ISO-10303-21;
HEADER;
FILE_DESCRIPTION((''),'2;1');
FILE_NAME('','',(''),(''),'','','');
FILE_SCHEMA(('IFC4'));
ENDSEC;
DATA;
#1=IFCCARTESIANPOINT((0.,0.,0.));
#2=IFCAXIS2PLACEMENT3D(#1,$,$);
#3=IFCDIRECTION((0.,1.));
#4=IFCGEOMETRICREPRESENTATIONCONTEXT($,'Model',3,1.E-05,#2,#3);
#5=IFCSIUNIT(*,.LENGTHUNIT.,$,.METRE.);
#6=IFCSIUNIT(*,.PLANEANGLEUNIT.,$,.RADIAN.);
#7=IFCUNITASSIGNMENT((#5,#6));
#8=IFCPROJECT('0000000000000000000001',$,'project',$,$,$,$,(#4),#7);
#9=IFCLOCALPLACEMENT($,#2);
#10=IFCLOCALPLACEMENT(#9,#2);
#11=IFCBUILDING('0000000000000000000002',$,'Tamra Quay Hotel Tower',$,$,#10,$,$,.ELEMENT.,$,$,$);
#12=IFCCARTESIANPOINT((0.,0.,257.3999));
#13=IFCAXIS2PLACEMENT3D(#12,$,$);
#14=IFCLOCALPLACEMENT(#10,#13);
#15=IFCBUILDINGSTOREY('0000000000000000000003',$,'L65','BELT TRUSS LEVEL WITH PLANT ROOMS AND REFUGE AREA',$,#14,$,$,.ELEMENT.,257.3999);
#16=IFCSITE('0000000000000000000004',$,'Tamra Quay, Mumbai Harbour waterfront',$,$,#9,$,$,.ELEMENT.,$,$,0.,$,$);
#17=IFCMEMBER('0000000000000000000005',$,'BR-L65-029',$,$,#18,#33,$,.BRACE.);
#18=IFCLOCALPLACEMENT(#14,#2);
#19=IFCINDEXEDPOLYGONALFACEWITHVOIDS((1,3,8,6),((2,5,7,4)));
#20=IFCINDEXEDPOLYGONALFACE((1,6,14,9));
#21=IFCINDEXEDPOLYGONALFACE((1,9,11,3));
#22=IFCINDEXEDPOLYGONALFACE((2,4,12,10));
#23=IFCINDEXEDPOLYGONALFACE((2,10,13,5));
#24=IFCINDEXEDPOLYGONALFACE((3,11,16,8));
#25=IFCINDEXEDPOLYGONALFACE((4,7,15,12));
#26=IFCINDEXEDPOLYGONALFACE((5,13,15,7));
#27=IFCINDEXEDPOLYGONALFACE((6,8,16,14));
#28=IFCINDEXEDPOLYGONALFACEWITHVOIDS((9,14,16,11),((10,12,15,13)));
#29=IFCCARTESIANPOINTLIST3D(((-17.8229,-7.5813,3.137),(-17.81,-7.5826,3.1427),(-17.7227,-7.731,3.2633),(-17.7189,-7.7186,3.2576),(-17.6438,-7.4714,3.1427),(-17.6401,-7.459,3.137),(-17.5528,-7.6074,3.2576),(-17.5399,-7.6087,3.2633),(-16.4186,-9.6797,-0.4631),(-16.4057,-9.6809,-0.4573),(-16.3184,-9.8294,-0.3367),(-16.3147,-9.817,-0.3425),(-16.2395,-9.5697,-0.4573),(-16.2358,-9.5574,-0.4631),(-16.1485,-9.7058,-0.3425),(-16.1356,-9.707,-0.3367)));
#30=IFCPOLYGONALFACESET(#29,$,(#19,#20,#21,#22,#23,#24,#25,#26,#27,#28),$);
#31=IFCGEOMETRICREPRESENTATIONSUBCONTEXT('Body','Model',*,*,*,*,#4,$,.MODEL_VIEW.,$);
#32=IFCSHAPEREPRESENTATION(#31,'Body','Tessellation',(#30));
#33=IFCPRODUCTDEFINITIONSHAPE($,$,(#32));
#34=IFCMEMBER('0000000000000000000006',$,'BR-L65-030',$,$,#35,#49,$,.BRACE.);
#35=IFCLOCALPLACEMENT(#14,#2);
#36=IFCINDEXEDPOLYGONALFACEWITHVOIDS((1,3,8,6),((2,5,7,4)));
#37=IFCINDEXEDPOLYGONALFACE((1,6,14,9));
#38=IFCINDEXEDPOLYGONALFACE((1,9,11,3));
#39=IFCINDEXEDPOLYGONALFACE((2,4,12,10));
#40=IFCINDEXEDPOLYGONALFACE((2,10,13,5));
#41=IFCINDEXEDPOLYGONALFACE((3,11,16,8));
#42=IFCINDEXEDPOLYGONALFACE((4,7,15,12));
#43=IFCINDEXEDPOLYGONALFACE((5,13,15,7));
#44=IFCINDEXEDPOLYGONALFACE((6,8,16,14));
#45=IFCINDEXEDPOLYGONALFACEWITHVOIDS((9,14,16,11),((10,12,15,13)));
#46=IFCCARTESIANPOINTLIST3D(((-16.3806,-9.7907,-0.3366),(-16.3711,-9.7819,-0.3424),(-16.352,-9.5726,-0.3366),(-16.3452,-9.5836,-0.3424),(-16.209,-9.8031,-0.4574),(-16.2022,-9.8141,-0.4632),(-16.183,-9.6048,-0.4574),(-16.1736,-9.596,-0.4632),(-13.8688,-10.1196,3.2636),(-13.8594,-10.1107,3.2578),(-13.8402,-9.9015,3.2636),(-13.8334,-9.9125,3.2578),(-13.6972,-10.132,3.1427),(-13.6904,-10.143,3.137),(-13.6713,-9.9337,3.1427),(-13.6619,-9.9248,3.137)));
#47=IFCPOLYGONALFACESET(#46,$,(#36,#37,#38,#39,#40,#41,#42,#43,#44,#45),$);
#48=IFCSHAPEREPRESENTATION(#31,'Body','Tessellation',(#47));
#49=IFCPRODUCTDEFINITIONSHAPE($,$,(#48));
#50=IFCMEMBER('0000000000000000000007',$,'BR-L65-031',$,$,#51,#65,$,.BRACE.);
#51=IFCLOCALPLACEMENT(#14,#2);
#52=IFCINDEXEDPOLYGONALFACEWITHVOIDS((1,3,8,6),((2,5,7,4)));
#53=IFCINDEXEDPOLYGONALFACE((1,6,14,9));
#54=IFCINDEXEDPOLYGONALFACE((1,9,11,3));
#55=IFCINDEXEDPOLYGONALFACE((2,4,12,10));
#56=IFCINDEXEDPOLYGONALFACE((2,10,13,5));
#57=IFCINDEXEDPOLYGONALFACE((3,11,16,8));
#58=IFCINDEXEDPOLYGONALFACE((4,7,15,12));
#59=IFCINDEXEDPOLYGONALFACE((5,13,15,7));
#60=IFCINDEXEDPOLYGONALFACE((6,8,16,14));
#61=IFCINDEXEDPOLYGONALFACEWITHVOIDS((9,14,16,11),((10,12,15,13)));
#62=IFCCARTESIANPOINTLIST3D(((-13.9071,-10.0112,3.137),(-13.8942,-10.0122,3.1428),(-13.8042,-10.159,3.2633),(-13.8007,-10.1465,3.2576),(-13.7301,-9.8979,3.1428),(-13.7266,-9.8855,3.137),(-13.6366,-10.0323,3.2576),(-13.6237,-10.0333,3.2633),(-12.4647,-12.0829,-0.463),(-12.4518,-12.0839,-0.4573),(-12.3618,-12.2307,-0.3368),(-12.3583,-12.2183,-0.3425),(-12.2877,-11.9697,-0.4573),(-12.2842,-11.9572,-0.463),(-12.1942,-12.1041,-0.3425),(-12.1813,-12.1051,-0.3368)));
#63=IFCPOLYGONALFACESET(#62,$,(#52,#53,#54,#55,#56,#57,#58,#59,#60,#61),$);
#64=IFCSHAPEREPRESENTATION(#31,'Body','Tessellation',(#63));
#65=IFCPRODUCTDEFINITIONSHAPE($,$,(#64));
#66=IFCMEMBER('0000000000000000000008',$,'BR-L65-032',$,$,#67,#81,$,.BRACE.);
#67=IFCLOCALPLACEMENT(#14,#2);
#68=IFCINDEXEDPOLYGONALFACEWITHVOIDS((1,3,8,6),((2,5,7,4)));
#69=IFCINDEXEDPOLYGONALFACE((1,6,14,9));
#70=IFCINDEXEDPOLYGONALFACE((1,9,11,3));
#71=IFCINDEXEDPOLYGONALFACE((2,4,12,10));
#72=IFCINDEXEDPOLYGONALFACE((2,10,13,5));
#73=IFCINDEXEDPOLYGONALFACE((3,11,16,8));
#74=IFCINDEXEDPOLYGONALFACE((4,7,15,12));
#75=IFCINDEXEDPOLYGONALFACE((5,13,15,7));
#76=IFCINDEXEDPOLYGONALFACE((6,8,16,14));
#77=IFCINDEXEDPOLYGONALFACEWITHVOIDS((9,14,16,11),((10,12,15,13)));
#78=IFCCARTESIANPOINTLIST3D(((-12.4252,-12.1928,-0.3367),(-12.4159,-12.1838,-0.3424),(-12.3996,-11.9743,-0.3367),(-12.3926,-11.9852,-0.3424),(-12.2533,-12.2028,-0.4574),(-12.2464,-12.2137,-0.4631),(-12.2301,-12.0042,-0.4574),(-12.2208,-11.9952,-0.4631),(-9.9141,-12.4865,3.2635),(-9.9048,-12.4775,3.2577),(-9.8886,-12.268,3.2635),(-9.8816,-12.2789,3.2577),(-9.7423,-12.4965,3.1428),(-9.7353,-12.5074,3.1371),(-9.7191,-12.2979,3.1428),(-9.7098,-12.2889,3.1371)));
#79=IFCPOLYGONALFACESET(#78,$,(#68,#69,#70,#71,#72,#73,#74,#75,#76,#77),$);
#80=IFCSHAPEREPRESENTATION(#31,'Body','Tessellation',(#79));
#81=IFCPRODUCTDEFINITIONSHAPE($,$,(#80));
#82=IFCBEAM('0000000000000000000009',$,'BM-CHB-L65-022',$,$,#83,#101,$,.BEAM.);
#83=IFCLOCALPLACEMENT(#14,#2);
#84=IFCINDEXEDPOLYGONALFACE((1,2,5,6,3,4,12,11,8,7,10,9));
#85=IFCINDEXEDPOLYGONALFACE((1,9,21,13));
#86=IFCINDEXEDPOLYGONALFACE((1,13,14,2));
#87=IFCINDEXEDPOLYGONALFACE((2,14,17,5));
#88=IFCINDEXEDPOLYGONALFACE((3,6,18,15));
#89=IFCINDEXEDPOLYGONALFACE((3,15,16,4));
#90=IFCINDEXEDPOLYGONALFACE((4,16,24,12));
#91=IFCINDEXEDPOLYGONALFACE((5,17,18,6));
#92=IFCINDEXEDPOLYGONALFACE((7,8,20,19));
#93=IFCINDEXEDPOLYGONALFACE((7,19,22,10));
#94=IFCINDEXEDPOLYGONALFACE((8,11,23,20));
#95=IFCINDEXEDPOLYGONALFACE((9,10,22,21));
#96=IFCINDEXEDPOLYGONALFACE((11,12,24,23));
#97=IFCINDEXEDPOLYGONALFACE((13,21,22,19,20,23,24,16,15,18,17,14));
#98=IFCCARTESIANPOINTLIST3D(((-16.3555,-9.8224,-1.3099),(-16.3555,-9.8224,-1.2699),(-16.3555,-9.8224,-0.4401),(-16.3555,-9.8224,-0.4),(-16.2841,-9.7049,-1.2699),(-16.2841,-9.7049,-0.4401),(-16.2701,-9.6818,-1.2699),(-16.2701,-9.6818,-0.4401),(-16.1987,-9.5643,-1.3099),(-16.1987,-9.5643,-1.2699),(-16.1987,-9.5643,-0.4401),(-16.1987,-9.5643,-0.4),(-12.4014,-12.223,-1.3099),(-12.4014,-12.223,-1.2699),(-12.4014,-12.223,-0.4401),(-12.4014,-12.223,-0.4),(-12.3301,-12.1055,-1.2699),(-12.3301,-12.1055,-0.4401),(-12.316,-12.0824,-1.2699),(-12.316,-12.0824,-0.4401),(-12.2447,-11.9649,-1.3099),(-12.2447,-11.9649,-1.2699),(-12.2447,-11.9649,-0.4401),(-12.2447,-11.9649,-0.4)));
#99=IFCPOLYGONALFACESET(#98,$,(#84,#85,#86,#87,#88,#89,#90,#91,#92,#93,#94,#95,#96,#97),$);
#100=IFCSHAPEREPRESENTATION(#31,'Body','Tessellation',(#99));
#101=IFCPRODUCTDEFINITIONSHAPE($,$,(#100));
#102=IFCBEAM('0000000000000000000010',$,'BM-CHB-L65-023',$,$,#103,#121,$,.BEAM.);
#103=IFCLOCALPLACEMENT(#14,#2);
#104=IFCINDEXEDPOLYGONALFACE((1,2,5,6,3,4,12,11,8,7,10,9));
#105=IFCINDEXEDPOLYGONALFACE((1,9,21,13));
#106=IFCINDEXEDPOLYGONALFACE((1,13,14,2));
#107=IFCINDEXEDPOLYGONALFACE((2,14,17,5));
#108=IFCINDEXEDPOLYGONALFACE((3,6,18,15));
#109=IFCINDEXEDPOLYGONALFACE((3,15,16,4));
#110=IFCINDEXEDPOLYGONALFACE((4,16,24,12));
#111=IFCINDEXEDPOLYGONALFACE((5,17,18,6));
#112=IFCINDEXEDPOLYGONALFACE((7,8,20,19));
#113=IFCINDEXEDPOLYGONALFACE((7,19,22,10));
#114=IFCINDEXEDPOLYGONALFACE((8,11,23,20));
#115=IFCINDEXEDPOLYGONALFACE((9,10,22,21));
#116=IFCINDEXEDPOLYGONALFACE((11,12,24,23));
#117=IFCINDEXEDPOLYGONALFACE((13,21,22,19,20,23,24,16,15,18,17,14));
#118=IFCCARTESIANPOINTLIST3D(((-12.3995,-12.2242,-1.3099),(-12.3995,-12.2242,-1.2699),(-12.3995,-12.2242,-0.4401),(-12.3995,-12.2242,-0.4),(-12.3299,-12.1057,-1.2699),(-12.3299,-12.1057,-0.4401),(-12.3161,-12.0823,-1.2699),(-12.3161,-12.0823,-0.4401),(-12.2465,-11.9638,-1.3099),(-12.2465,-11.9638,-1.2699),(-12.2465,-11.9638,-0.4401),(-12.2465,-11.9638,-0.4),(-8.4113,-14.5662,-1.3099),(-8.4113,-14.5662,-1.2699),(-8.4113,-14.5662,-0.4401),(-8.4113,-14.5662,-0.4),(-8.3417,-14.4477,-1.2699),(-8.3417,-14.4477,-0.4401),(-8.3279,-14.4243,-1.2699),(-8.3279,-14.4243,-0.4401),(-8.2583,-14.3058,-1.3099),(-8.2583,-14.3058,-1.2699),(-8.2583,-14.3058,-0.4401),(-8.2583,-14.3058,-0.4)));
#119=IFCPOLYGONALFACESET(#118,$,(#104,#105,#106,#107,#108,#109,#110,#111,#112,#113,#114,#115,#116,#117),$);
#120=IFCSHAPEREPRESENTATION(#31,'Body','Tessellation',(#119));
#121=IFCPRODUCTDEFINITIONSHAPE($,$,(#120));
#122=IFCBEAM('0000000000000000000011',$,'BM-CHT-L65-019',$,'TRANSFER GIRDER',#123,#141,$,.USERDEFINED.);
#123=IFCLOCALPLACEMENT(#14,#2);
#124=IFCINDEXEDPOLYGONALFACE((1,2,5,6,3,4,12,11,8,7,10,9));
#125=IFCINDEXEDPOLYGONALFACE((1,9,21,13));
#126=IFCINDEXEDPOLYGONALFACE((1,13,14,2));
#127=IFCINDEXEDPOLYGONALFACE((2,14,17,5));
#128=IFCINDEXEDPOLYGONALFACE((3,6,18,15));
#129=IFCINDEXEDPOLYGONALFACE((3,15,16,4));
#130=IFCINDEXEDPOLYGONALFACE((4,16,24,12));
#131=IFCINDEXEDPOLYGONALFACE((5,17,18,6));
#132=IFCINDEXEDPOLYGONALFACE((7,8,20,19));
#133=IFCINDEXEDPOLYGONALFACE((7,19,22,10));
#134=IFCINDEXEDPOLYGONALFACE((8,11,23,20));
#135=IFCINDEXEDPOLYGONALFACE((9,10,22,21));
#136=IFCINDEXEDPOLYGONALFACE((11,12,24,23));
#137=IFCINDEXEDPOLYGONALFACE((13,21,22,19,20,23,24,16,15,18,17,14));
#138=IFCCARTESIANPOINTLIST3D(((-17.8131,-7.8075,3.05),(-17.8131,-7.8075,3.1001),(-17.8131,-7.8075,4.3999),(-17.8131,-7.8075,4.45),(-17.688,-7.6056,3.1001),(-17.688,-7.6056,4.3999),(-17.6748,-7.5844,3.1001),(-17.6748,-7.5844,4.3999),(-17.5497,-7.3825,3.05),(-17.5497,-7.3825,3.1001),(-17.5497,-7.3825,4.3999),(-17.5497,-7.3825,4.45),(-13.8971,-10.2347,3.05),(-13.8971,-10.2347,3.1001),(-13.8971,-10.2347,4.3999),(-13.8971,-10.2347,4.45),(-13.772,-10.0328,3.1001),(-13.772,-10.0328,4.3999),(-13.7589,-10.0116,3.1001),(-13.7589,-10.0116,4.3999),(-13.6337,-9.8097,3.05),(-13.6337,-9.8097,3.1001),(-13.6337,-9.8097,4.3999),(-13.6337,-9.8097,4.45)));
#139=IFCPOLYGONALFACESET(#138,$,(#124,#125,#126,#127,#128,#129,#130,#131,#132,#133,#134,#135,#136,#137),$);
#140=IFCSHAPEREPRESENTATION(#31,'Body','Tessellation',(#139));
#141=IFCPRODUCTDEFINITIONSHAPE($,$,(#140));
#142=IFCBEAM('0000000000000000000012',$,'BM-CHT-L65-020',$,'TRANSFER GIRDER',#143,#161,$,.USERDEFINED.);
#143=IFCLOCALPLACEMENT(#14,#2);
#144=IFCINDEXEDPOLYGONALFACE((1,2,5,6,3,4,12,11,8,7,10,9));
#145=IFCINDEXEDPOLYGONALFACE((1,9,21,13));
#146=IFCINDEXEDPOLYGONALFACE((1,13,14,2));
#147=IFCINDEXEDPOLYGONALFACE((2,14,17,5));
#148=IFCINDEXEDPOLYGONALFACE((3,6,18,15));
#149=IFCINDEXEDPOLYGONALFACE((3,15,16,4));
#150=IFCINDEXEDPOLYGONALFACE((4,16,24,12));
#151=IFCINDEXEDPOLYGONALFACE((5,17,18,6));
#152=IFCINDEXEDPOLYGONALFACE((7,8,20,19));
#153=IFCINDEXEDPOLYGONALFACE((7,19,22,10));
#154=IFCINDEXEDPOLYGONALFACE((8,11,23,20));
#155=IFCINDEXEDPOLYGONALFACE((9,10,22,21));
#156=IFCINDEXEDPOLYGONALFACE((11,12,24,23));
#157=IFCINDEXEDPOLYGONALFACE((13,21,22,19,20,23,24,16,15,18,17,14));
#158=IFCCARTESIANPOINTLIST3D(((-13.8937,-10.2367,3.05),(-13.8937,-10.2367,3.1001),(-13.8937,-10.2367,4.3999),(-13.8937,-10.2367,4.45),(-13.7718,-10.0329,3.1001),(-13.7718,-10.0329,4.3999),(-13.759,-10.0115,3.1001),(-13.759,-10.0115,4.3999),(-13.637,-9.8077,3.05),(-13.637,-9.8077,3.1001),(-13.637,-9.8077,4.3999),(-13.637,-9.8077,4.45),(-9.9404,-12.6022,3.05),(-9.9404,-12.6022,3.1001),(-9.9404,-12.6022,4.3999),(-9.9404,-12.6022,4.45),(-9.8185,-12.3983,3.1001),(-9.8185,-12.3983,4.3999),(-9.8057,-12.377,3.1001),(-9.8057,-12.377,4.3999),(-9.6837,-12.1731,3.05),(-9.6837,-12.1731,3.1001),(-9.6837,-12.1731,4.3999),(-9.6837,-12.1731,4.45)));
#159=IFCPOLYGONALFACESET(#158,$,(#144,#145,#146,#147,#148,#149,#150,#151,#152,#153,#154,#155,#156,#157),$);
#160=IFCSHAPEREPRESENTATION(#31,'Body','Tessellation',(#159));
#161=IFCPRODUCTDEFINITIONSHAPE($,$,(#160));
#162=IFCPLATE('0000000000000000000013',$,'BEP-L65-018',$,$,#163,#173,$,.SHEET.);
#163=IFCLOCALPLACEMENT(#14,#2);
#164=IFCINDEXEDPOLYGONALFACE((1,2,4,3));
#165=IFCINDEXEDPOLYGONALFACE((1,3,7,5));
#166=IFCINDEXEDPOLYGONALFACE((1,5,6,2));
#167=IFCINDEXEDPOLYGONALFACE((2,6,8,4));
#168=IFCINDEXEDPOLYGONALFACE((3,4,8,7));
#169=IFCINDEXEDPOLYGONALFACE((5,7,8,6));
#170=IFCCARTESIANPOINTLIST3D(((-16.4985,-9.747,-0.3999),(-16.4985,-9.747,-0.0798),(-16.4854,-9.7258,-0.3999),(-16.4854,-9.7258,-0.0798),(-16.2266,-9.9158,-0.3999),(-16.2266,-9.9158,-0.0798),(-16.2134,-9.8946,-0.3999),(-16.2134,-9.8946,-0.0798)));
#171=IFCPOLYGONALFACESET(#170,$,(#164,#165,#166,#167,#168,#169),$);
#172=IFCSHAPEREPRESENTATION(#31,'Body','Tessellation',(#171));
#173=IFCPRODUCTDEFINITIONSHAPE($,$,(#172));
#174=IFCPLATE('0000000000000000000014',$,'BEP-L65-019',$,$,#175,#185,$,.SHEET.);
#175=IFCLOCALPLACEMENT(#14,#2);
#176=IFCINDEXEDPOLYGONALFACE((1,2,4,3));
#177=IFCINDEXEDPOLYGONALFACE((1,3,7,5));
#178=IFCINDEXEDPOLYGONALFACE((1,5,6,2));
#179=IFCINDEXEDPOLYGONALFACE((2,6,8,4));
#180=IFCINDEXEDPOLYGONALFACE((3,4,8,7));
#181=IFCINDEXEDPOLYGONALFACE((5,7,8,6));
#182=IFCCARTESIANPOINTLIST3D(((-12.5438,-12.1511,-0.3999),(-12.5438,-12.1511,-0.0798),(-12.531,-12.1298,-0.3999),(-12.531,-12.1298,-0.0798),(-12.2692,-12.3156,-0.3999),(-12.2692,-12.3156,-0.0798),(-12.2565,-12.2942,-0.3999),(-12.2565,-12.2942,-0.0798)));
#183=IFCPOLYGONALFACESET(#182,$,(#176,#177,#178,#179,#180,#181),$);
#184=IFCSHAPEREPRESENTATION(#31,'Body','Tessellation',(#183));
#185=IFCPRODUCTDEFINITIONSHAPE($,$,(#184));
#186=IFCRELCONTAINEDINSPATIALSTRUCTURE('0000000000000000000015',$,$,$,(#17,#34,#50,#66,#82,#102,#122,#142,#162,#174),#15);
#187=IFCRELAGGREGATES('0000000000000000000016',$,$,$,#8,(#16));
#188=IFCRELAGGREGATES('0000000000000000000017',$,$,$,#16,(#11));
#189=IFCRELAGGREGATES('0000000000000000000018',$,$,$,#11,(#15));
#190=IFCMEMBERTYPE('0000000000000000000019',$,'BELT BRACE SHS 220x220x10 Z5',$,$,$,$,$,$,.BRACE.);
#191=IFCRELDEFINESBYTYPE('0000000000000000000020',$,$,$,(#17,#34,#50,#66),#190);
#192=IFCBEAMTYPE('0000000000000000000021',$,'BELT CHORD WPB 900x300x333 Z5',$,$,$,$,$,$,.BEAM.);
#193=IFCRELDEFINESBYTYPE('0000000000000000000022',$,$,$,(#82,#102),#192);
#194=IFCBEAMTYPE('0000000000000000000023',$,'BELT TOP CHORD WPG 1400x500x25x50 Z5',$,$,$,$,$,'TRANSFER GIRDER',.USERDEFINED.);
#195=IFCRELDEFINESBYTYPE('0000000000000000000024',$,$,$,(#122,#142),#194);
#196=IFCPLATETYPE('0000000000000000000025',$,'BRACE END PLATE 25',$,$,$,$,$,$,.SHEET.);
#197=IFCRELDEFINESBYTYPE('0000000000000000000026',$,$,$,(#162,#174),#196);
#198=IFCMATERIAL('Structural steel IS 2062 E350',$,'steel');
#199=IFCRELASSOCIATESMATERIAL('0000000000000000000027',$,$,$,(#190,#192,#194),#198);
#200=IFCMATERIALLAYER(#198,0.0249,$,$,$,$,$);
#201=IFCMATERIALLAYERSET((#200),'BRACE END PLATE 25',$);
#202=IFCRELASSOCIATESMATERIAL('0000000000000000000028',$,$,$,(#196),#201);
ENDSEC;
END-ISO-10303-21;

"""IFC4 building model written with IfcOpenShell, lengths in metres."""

from ifc_helpers import new_model, si_unit, direction, frame, origin, origin_2d, place, context, subcontext, project, spatial, rectangle, hollow_rectangle, i_section, extrude, material, layer, layer_set, material_profile, profile_set, type_object, element, save


model = new_model("IFC4")

# Units and contexts
model_context = context("Model", 3, precision=1e-05, world=origin(), true_north=direction((0.0, 1.0)))
body_context = subcontext(model_context, "Body", "Model", "MODEL_VIEW")
ifc_project = project(units=[si_unit("LENGTHUNIT", "METRE"), si_unit("PLANEANGLEUNIT", "RADIAN")], contexts=[model_context])

# Site, building, storey
site_placement = place(None, origin())
site = spatial("IfcSite", under=ifc_project, at=site_placement, Name="Tamra Quay, Mumbai Harbour waterfront", CompositionType="ELEMENT", RefElevation=0.0)
building_placement = place(site_placement, origin())
building = spatial("IfcBuilding", under=site, at=building_placement, Name="Tamra Quay Hotel Tower", CompositionType="ELEMENT")
storey_placement = place(building_placement, frame((0.0, 0.0, 257.3999)))
storey = spatial("IfcBuildingStorey", under=building, at=storey_placement, Name="L65", Description="BELT TRUSS LEVEL WITH PLANT ROOMS AND REFUGE AREA", CompositionType="ELEMENT", Elevation=257.3999)

# Members
ifc_material_1 = material(Name="Structural steel IS 2062 E350", Category="steel")
ifc_material_profile_1 = material_profile(ifc_material_1, hollow_rectangle(XDim=0.22, YDim=0.22, WallThickness=0.01, at=origin_2d()), Name="SHS 220x220x10")
ifc_profile_set_1 = profile_set([ifc_material_profile_1], Name="Structural steel IS 2062 E350")
member_type = type_object("IfcMemberType", Name="BELT BRACE SHS 220x220x10 Z5", PredefinedType="BRACE", material=ifc_profile_set_1)
member_1_placement = place(storey_placement, frame((-16.2771, -9.6934, -0.3999), z_axis=(-0.319356, 0.477203, 0.818712), x_axis=(-0.831067, -0.556172, 0.0)))
element("IfcMember", 1, at=member_1_placement, inside=storey, type_object=member_type, Name="BR-L65-029", PredefinedType="BRACE", context=body_context, shape_type="SweptSolid", body=[
    extrude(hollow_rectangle(XDim=0.22, YDim=0.22, WallThickness=0.01, at=origin_2d()), origin(), (0.0, 0.0, 1.0), 4.3972),
])
member_2_placement = place(storey_placement, frame((-16.2771, -9.6934, -0.3999), z_axis=(0.570586, -0.074706, 0.817833), x_axis=(0.129821, 0.991537, 0.0)))
element("IfcMember", 2, at=member_2_placement, inside=storey, type_object=member_type, Name="BR-L65-030", PredefinedType="BRACE", context=body_context, shape_type="SweptSolid", body=[
    extrude(hollow_rectangle(XDim=0.22, YDim=0.22, WallThickness=0.01, at=origin_2d()), origin(), (0.0, 0.0, 1.0), 4.4021),
])
member_3_placement = place(storey_placement, frame((-12.323, -12.094, -0.3999), z_axis=(-0.328039, 0.471182, 0.818766), x_axis=(-0.820692, -0.57137, 0.0)))
element("IfcMember", 3, at=member_3_placement, inside=storey, type_object=member_type, Name="BR-L65-031", PredefinedType="BRACE", context=body_context, shape_type="SweptSolid", body=[
    extrude(hollow_rectangle(XDim=0.22, YDim=0.22, WallThickness=0.01, at=origin_2d()), origin(), (0.0, 0.0, 1.0), 4.397),
])
member_4_placement = place(storey_placement, frame((-12.323, -12.094, -0.3999), z_axis=(0.570796, -0.066764, 0.818373), x_axis=(0.116174, 0.993229, 0.0)))
element("IfcMember", 4, at=member_4_placement, inside=storey, type_object=member_type, Name="BR-L65-032", PredefinedType="BRACE", context=body_context, shape_type="SweptSolid", body=[
    extrude(hollow_rectangle(XDim=0.22, YDim=0.22, WallThickness=0.01, at=origin_2d()), origin(), (0.0, 0.0, 1.0), 4.3992),
])

# Beams
ifc_material_profile_2 = material_profile(ifc_material_1, i_section(OverallWidth=0.302, OverallDepth=0.9099, WebThickness=0.0271, FlangeThickness=0.04, at=origin_2d()), Name="WPB 900x300x333")
ifc_profile_set_2 = profile_set([ifc_material_profile_2], Name="Structural steel IS 2062 E350")
beam_type_1 = type_object("IfcBeamType", Name="BELT CHORD WPB 900x300x333 Z5", PredefinedType="BEAM", material=ifc_profile_set_2)
beam_1_placement = place(storey_placement, frame((-16.2771, -9.6934, -0.855), z_axis=(0.854794, -0.518967, 0.0), x_axis=(0.518967, 0.854794, 0.0)))
element("IfcBeam", 5, at=beam_1_placement, inside=storey, type_object=beam_type_1, Name="BM-CHB-L65-022", PredefinedType="BEAM", context=body_context, shape_type="SweptSolid", body=[
    extrude(i_section(OverallWidth=0.302, OverallDepth=0.9099, WebThickness=0.0271, FlangeThickness=0.04, at=origin_2d()), origin(), (0.0, 0.0, 1.0), 4.6257),
])
beam_2_placement = place(storey_placement, frame((-12.323, -12.094, -0.855), z_axis=(0.862313, -0.506376, 0.0), x_axis=(0.506376, 0.862313, 0.0)))
element("IfcBeam", 6, at=beam_2_placement, inside=storey, type_object=beam_type_1, Name="BM-CHB-L65-023", PredefinedType="BEAM", context=body_context, shape_type="SweptSolid", body=[
    extrude(i_section(OverallWidth=0.302, OverallDepth=0.9099, WebThickness=0.0271, FlangeThickness=0.04, at=origin_2d()), origin(), (0.0, 0.0, 1.0), 4.625),
])
ifc_material_profile_3 = material_profile(ifc_material_1, i_section(OverallWidth=0.5, OverallDepth=1.3999, WebThickness=0.0249, FlangeThickness=0.05, at=origin_2d()), Name="WPG 1400x500x25x50")
ifc_profile_set_3 = profile_set([ifc_material_profile_3], Name="Structural steel IS 2062 E350")
beam_type_2 = type_object("IfcBeamType", Name="BELT TOP CHORD WPG 1400x500x25x50 Z5", ElementType="TRANSFER GIRDER", PredefinedType="USERDEFINED", material=ifc_profile_set_3)
beam_3_placement = place(storey_placement, frame((-17.6814, -7.595, 3.75), z_axis=(0.849969, -0.526832, 0.0), x_axis=(0.526832, 0.849969, 0.0)))
element("IfcBeam", 7, at=beam_3_placement, inside=storey, type_object=beam_type_2, Name="BM-CHT-L65-019", ObjectType="TRANSFER GIRDER", PredefinedType="USERDEFINED", context=body_context, shape_type="SweptSolid", body=[
    extrude(i_section(OverallWidth=0.5, OverallDepth=1.3999, WebThickness=0.0249, FlangeThickness=0.05, at=origin_2d()), origin(), (0.0, 0.0, 1.0), 4.6072),
])
beam_4_placement = place(storey_placement, frame((-13.7654, -10.0222, 3.75), z_axis=(0.858119, -0.513451, 0.0), x_axis=(0.513451, 0.858119, 0.0)))
element("IfcBeam", 8, at=beam_4_placement, inside=storey, type_object=beam_type_2, Name="BM-CHT-L65-020", ObjectType="TRANSFER GIRDER", PredefinedType="USERDEFINED", context=body_context, shape_type="SweptSolid", body=[
    extrude(i_section(OverallWidth=0.5, OverallDepth=1.3999, WebThickness=0.0249, FlangeThickness=0.05, at=origin_2d()), origin(), (0.0, 0.0, 1.0), 4.6069),
])

# Plates
ifc_layer_1 = layer(ifc_material_1, 0.0249)
ifc_layer_set_1 = layer_set([ifc_layer_1], Name="BRACE END PLATE 25")
plate_type = type_object("IfcPlateType", Name="BRACE END PLATE 25", PredefinedType="SHEET", material=ifc_layer_set_1)
for number, where, z_axis, x_axis, name in (
    (9, (-16.356, -9.8208, -0.3999), (0.0, 0.0, 1.0), (0.527421, 0.849604, 0.0), "BEP-L65-018"),
    (10, (-12.4001, -12.2227, -0.3999), (0.0, 0.0, 1.0), (0.513767, 0.85793, 0.0), "BEP-L65-019"),
):
    element("IfcPlate", number, at=place(storey_placement, frame(where, z_axis=z_axis, x_axis=x_axis)), inside=storey, type_object=plate_type, Name=name, PredefinedType="SHEET", context=body_context, shape_type="SweptSolid", body=[
        extrude(rectangle(XDim=0.0249, YDim=0.3201, at=origin_2d()), origin(), (0.0, 0.0, 1.0), 0.3201),
    ])

save(model, "model.ifc")
